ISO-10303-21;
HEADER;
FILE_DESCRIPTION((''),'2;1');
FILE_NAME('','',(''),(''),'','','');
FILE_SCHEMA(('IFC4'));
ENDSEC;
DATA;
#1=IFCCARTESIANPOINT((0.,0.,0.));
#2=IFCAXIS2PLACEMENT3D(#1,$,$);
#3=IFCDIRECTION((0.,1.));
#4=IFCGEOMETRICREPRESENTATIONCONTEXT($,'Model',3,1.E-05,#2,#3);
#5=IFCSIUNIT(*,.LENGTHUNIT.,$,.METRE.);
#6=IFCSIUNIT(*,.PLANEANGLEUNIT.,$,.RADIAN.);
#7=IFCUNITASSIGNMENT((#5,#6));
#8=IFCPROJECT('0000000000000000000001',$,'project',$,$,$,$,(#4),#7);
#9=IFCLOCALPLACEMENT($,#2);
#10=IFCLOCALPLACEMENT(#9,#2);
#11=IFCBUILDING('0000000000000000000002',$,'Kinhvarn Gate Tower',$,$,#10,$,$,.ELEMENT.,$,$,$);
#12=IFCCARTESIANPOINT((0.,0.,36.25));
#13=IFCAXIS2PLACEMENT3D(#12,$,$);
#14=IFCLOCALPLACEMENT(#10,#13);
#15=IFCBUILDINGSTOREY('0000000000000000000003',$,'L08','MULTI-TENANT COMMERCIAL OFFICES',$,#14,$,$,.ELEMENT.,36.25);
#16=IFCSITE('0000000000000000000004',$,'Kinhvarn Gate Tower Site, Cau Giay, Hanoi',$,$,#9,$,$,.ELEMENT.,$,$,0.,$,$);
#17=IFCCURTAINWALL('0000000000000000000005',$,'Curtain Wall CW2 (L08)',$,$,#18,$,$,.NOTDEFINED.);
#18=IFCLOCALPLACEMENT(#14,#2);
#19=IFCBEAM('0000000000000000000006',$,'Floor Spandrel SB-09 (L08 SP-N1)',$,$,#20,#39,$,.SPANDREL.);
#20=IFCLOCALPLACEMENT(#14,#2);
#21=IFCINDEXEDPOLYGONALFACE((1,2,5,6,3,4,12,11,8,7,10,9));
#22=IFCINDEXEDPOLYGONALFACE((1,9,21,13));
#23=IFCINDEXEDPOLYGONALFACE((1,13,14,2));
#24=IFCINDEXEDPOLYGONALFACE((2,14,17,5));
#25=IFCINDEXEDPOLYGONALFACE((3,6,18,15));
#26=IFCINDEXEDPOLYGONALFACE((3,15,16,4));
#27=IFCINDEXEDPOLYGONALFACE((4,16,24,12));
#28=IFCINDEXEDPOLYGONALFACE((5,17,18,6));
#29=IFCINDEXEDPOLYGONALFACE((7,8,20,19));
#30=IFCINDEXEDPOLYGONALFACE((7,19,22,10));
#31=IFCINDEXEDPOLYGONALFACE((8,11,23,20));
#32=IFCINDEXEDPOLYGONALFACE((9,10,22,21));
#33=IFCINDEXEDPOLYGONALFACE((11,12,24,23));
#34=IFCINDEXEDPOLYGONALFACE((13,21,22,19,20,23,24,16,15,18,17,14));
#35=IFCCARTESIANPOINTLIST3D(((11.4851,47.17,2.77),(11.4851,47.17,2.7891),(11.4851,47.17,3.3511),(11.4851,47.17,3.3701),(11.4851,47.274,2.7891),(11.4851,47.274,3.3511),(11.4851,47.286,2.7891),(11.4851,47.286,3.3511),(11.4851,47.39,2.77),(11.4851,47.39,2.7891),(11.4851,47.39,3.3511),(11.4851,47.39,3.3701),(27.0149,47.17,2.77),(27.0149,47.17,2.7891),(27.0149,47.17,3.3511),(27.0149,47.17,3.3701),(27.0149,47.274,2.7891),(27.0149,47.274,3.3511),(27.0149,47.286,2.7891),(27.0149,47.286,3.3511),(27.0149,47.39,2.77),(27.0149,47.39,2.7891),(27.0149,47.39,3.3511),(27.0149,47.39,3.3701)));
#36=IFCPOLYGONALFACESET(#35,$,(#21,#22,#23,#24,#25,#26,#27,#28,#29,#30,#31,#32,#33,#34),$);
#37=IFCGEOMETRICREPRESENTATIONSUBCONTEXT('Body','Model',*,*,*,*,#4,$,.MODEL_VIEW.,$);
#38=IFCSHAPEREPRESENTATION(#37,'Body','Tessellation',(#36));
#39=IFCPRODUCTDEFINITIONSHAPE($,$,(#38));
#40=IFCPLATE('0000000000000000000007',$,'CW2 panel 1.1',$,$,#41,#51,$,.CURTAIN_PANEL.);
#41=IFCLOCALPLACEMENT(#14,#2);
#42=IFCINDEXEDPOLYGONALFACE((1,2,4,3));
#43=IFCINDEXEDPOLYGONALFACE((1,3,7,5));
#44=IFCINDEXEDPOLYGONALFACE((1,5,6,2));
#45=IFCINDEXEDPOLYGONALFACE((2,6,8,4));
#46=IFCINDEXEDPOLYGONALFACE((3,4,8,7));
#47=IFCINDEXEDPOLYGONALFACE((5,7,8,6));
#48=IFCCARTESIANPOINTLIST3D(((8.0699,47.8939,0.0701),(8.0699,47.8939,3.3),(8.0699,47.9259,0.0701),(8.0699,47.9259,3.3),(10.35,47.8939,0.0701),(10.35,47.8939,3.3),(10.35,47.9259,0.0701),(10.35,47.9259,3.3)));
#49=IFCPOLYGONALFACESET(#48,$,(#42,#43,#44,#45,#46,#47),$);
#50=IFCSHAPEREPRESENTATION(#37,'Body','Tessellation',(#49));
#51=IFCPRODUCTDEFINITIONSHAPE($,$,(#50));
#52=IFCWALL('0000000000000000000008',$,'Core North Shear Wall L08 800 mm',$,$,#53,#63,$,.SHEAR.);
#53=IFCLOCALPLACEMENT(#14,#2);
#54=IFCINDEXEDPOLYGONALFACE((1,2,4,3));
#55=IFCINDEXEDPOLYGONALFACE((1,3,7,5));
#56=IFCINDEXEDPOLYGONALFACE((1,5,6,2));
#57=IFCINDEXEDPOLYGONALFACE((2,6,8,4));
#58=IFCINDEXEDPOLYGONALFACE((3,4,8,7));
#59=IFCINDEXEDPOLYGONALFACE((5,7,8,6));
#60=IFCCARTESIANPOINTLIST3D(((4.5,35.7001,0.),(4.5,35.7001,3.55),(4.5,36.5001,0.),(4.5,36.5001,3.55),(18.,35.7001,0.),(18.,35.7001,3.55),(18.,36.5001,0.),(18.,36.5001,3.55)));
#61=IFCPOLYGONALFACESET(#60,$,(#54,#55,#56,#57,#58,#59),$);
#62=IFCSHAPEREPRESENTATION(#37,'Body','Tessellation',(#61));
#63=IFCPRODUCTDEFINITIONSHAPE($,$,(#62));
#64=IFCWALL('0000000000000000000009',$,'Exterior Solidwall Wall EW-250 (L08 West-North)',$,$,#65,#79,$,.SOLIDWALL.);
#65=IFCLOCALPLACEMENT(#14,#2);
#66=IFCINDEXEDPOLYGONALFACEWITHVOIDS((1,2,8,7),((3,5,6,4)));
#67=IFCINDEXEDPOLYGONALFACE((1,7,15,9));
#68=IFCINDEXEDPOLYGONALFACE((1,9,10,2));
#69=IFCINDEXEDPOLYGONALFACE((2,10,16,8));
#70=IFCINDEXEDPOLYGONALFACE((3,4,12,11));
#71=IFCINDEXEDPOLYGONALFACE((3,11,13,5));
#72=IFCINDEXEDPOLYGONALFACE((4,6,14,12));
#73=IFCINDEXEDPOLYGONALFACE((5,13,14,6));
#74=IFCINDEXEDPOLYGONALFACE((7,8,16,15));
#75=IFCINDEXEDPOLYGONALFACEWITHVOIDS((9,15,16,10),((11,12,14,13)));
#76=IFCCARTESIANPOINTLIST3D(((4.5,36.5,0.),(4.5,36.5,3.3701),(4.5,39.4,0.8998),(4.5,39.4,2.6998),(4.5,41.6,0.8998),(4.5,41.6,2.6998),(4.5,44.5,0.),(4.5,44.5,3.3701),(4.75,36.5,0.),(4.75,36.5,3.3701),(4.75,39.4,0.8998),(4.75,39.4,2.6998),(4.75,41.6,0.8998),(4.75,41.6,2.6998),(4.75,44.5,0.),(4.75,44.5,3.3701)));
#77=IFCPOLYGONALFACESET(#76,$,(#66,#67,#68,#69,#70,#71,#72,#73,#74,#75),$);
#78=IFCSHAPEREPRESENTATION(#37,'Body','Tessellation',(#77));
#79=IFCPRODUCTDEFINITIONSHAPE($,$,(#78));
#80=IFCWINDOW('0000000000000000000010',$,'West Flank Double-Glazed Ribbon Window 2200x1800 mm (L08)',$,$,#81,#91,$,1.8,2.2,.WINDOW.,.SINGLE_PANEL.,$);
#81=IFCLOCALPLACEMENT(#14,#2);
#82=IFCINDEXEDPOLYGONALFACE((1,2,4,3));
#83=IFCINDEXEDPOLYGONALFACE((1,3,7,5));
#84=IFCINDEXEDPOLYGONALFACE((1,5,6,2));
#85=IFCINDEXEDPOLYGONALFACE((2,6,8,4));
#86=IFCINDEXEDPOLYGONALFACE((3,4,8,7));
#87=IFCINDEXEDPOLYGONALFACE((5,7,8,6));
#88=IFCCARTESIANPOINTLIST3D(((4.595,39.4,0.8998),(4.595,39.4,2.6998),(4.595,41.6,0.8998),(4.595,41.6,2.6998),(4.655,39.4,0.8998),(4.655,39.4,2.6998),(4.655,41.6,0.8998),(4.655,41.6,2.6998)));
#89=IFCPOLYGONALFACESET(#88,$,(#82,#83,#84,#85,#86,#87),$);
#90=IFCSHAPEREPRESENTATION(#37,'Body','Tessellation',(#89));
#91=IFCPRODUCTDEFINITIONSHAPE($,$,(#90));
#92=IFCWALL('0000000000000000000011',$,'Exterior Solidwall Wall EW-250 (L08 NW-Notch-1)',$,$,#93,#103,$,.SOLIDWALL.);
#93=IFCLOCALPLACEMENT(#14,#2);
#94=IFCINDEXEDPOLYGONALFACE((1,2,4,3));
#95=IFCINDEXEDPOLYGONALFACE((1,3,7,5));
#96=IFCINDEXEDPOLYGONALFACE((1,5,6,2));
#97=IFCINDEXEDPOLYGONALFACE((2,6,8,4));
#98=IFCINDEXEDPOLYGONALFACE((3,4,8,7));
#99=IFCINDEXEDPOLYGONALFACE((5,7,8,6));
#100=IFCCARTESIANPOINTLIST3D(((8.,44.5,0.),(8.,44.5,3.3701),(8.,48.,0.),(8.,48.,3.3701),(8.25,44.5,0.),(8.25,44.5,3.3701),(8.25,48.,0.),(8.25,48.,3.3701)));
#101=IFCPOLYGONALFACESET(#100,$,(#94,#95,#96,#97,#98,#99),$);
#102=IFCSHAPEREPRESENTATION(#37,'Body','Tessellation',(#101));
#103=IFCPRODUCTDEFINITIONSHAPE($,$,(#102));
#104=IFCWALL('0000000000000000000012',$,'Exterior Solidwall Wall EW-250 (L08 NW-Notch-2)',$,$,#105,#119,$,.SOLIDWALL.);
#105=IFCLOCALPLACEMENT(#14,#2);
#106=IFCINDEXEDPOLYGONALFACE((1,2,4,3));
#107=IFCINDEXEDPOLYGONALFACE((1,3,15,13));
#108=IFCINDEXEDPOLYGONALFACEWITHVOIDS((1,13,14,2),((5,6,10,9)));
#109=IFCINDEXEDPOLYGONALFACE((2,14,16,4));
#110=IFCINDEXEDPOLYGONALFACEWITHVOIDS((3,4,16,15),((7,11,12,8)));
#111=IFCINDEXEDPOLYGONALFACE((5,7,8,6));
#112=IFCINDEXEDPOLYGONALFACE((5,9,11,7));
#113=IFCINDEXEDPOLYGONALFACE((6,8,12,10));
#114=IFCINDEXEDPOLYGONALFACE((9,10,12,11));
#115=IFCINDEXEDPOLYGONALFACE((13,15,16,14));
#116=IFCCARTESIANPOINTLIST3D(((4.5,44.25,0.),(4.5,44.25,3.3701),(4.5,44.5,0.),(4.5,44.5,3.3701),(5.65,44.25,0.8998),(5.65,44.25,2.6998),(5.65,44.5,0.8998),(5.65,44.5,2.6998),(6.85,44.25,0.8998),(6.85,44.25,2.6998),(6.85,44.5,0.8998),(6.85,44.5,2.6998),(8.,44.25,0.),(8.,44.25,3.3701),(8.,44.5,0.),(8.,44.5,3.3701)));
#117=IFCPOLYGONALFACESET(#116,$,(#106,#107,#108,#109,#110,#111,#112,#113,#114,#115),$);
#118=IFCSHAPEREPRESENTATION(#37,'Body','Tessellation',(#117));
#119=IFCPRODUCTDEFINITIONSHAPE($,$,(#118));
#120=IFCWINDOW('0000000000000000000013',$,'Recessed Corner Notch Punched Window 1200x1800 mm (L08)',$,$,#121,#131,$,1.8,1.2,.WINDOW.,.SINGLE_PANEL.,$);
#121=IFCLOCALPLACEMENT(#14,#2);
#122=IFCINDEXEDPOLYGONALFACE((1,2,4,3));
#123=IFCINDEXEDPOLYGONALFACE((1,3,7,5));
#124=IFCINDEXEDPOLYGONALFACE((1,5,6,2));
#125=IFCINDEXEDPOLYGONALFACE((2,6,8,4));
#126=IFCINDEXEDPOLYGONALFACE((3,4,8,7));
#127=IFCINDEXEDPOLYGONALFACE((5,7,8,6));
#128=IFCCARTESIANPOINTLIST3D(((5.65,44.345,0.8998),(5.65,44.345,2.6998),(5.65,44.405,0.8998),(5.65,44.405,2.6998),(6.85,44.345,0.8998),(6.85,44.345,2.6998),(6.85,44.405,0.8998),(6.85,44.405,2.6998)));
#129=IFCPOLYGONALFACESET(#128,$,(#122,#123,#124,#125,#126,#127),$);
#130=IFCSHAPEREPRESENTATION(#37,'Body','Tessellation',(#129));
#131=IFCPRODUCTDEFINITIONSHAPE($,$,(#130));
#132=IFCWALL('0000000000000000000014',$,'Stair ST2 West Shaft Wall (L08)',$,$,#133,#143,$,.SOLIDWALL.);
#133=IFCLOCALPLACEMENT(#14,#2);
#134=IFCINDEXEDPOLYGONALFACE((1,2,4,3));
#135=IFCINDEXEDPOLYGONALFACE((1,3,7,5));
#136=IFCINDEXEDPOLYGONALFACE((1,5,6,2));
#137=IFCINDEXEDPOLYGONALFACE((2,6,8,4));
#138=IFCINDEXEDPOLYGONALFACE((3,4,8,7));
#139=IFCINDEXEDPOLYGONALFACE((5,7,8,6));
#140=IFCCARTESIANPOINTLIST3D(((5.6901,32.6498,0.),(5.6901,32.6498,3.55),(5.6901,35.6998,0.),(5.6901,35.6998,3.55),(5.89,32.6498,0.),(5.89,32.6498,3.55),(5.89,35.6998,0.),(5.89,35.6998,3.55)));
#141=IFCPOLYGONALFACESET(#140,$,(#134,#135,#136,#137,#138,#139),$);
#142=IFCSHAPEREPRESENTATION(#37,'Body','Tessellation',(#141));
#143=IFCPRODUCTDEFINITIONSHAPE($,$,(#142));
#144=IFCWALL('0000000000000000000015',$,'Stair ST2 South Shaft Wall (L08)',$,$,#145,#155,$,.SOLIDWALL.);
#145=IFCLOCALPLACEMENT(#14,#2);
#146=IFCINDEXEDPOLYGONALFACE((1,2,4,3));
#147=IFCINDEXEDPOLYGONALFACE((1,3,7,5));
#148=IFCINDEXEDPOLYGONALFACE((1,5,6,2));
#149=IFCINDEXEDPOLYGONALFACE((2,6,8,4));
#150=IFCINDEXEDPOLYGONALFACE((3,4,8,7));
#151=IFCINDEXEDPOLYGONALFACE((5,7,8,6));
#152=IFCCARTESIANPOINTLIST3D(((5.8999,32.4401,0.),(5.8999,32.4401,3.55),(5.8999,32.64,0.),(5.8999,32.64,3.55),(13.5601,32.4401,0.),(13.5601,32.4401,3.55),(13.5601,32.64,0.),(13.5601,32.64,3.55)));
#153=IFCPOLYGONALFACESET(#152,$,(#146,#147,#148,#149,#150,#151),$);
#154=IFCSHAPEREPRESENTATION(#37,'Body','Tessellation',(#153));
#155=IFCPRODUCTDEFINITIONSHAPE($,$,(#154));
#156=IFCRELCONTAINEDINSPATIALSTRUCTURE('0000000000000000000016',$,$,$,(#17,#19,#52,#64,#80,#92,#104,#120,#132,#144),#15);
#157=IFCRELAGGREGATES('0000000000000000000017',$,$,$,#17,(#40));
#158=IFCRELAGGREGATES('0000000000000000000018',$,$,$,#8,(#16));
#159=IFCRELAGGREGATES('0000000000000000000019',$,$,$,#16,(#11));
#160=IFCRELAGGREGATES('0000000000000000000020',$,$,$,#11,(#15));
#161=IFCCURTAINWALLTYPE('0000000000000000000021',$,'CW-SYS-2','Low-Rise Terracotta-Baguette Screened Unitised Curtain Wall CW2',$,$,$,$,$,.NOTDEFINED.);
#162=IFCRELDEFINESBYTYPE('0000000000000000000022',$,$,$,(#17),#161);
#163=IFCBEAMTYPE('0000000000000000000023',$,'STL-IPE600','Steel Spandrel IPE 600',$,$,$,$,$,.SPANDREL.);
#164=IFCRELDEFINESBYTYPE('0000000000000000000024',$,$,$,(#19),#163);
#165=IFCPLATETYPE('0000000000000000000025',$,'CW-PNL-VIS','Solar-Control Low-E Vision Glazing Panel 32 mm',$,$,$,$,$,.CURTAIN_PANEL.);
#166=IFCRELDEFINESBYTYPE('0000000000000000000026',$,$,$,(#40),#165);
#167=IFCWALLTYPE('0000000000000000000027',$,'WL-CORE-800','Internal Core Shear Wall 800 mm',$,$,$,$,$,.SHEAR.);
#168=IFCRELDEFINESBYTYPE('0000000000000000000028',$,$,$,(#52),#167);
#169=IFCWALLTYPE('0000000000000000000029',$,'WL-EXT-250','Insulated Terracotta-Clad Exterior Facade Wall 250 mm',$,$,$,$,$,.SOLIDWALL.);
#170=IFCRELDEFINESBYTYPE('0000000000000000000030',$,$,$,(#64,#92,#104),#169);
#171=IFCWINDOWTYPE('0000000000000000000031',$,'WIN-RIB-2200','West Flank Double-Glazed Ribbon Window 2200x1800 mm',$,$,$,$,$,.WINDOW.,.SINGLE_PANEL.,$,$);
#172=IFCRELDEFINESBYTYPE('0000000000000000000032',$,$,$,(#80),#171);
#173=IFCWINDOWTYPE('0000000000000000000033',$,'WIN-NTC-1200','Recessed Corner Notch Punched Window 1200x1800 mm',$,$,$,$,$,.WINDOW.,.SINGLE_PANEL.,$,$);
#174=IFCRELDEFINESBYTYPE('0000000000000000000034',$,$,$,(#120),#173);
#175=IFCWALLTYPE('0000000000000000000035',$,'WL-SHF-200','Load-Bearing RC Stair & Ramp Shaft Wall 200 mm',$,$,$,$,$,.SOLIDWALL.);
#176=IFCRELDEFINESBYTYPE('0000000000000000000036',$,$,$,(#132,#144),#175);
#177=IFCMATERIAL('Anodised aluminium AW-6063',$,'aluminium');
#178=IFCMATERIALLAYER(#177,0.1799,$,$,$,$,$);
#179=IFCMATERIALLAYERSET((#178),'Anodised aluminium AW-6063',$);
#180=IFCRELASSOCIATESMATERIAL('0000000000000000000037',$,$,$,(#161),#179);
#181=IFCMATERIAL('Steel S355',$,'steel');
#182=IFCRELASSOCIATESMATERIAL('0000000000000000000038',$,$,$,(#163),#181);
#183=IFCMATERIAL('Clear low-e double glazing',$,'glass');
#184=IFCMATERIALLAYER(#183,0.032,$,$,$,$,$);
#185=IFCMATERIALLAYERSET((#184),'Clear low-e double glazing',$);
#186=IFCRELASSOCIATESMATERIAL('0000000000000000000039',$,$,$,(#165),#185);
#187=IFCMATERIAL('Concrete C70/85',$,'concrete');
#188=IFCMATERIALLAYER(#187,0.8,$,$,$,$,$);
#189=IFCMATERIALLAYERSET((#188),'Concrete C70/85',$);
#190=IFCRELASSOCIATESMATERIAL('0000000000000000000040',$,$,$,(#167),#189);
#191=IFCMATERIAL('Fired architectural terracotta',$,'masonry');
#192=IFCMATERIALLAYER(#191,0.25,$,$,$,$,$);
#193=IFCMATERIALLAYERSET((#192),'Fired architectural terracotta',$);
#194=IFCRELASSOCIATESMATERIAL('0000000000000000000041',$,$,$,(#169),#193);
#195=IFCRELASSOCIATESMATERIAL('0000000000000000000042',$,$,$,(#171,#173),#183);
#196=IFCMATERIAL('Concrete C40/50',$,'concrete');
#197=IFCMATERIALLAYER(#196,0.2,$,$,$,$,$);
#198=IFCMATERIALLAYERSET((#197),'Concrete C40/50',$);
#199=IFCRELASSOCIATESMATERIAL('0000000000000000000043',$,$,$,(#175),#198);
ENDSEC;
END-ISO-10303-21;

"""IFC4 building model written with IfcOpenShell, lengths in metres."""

from ifc_helpers import new_model, si_unit, direction, frame, frame_2d, origin, origin_2d, place, context, subcontext, project, spatial, rectangle, i_section, extrude, material, layer, layer_set, material_profile, profile_set, type_object, element, fill, aggregate, save


model = new_model("IFC4")

# Units and contexts
model_context = context("Model", 3, precision=1e-05, world=origin(), true_north=direction((0.0, 1.0)))
body_context = subcontext(model_context, "Body", "Model", "MODEL_VIEW")
ifc_project = project(units=[si_unit("LENGTHUNIT", "METRE"), si_unit("PLANEANGLEUNIT", "RADIAN")], contexts=[model_context])

# Site, building, storey
site_placement = place(None, origin())
site = spatial("IfcSite", under=ifc_project, at=site_placement, Name="Kinhvarn Gate Tower Site, Cau Giay, Hanoi", CompositionType="ELEMENT", RefElevation=0.0)
building_placement = place(site_placement, origin())
building = spatial("IfcBuilding", under=site, at=building_placement, Name="Kinhvarn Gate Tower", CompositionType="ELEMENT")
storey_placement = place(building_placement, frame((0.0, 0.0, 36.25)))
storey = spatial("IfcBuildingStorey", under=building, at=storey_placement, Name="L08", Description="MULTI-TENANT COMMERCIAL OFFICES", CompositionType="ELEMENT", Elevation=36.25)

# Shared definitions
ifc_material_1 = material(Name="Concrete C70/85", Category="concrete")

# Curtain wall
ifc_material_2 = material(Name="Anodised aluminium AW-6063", Category="aluminium")
ifc_layer_1 = layer(ifc_material_2, 0.1799)
ifc_layer_set_1 = layer_set([ifc_layer_1], Name="Anodised aluminium AW-6063")
curtain_wall_type = type_object("IfcCurtainWallType", Name="CW-SYS-2", Description="Low-Rise Terracotta-Baguette Screened Unitised Curtain Wall CW2", PredefinedType="NOTDEFINED", material=ifc_layer_set_1)
curtain_wall_placement = place(storey_placement, origin())
curtain_wall = element("IfcCurtainWall", 1, at=curtain_wall_placement, inside=storey, type_object=curtain_wall_type, Name="Curtain Wall CW2 (L08)", PredefinedType="NOTDEFINED")

# Beam
ifc_material_3 = material(Name="Steel S355", Category="steel")
ifc_material_profile_1 = material_profile(ifc_material_3, i_section(OverallWidth=0.22, OverallDepth=0.6001, WebThickness=0.012, FlangeThickness=0.019, at=origin_2d()), Name="IPE 600")
ifc_profile_set_1 = profile_set([ifc_material_profile_1], Name="Steel S355")
beam_type_1 = type_object("IfcBeamType", Name="STL-IPE600", Description="Steel Spandrel IPE 600", PredefinedType="SPANDREL", material=ifc_profile_set_1)
beam_1_placement = place(storey_placement, frame((11.4851, 47.28, 3.0701), z_axis=(1.0, 0.0, 0.0), x_axis=(0.0, 1.0, 0.0)))
element("IfcBeam", 2, at=beam_1_placement, inside=storey, type_object=beam_type_1, Name="Floor Spandrel SB-09 (L08 SP-N1)", PredefinedType="SPANDREL", context=body_context, shape_type="SweptSolid", body=[
    extrude(i_section(OverallWidth=0.22, OverallDepth=0.6001, WebThickness=0.012, FlangeThickness=0.019, at=origin_2d()), origin(), (0.0, 0.0, 1.0), 15.5298),
])

# Plate
ifc_material_4 = material(Name="Clear low-e double glazing", Category="glass")
ifc_layer_2 = layer(ifc_material_4, 0.032)
ifc_layer_set_2 = layer_set([ifc_layer_2], Name="Clear low-e double glazing")
plate_type = type_object("IfcPlateType", Name="CW-PNL-VIS", Description="Solar-Control Low-E Vision Glazing Panel 32 mm", PredefinedType="CURTAIN_PANEL", material=ifc_layer_set_2)
plate_placement = place(storey_placement, frame((9.21, 47.9099, 0.0701), z_axis=(0.0, 0.0, 1.0), x_axis=(-1.0, 0.0, 0.0)))
plate = element("IfcPlate", 3, at=plate_placement, type_object=plate_type, Name="CW2 panel 1.1", PredefinedType="CURTAIN_PANEL", context=body_context, shape_type="SweptSolid", body=[
    extrude(rectangle(XDim=2.28, YDim=0.032, at=origin_2d()), origin(), (0.0, 0.0, 1.0), 3.23),
])
aggregate(curtain_wall, [plate])

# Wall
ifc_layer_3 = layer(ifc_material_1, 0.8)
ifc_layer_set_3 = layer_set([ifc_layer_3], Name="Concrete C70/85")
wall_type_1 = type_object("IfcWallType", Name="WL-CORE-800", Description="Internal Core Shear Wall 800 mm", PredefinedType="SHEAR", material=ifc_layer_set_3)
wall_1_placement = place(storey_placement, frame((4.5, 36.1001, 0.0), z_axis=(0.0, 0.0, 1.0), x_axis=(1.0, 0.0, 0.0)))
element("IfcWall", 4, at=wall_1_placement, inside=storey, type_object=wall_type_1, Name="Core North Shear Wall L08 800 mm", PredefinedType="SHEAR", context=body_context, shape_type="SweptSolid", body=[
    extrude(rectangle(XDim=13.5, YDim=0.8, at=frame_2d((6.75, 0.0))), origin(), (0.0, 0.0, 1.0), 3.55),
])

# Wall, opening, window
ifc_material_5 = material(Name="Fired architectural terracotta", Category="masonry")
ifc_layer_4 = layer(ifc_material_5, 0.25)
ifc_layer_set_4 = layer_set([ifc_layer_4], Name="Fired architectural terracotta")
wall_type_2 = type_object("IfcWallType", Name="WL-EXT-250", Description="Insulated Terracotta-Clad Exterior Facade Wall 250 mm", PredefinedType="SOLIDWALL", material=ifc_layer_set_4)
wall_2_placement = place(storey_placement, frame((4.625, 44.5, 0.0), z_axis=(0.0, 0.0, 1.0), x_axis=(0.0, -1.0, 0.0)))
wall_2 = element("IfcWall", 5, at=wall_2_placement, inside=storey, type_object=wall_type_2, Name="Exterior Solidwall Wall EW-250 (L08 West-North)", PredefinedType="SOLIDWALL", context=body_context, shape_type="SweptSolid", body=[
    extrude(rectangle(XDim=8.0, YDim=0.25, at=frame_2d((4.0, 0.0))), origin(), (0.0, 0.0, 1.0), 3.3701),
])
opening_1_placement = place(wall_2_placement, frame((2.8999, 0.0, 0.8999)))
opening_1 = element("IfcOpeningElement", 6, at=opening_1_placement, cuts=wall_2, PredefinedType="OPENING", context=body_context, shape_type="SweptSolid", body=[
    extrude(rectangle(XDim=2.2, YDim=1.8, at=frame_2d((1.1001, 0.8999))), frame((0.0, 0.135, 0.0), z_axis=(0.0, -1.0, 0.0), x_axis=(1.0, 0.0, 0.0)), (0.0, 0.0, 1.0), 0.27),
])
window_type_1 = type_object("IfcWindowType", Name="WIN-RIB-2200", Description="West Flank Double-Glazed Ribbon Window 2200x1800 mm", PartitioningType="SINGLE_PANEL", PredefinedType="WINDOW", material=ifc_material_4)
window_1_placement = place(opening_1_placement, origin())
window_1 = element("IfcWindow", 7, at=window_1_placement, inside=storey, type_object=window_type_1, Name="West Flank Double-Glazed Ribbon Window 2200x1800 mm (L08)", OverallHeight=1.8, OverallWidth=2.2, PartitioningType="SINGLE_PANEL", PredefinedType="WINDOW", context=body_context, shape_type="SweptSolid", body=[
    extrude(rectangle(XDim=2.2, YDim=1.8, at=frame_2d((1.1001, 0.8999))), frame((0.0, 0.03, 0.0), z_axis=(0.0, -1.0, 0.0), x_axis=(1.0, 0.0, 0.0)), (0.0, 0.0, 1.0), 0.0601),
])
fill(opening_1, window_1)

# Wall
wall_3_placement = place(storey_placement, frame((8.125, 48.0, 0.0), z_axis=(0.0, 0.0, 1.0), x_axis=(0.0, -1.0, 0.0)))
element("IfcWall", 8, at=wall_3_placement, inside=storey, type_object=wall_type_2, Name="Exterior Solidwall Wall EW-250 (L08 NW-Notch-1)", PredefinedType="SOLIDWALL", context=body_context, shape_type="SweptSolid", body=[
    extrude(rectangle(XDim=3.5, YDim=0.25, at=frame_2d((1.75, 0.0))), origin(), (0.0, 0.0, 1.0), 3.3701),
])

# Wall, opening, window
wall_4_placement = place(storey_placement, frame((8.0, 44.375, 0.0), z_axis=(0.0, 0.0, 1.0), x_axis=(-1.0, 0.0, 0.0)))
wall_4 = element("IfcWall", 9, at=wall_4_placement, inside=storey, type_object=wall_type_2, Name="Exterior Solidwall Wall EW-250 (L08 NW-Notch-2)", PredefinedType="SOLIDWALL", context=body_context, shape_type="SweptSolid", body=[
    extrude(rectangle(XDim=3.5, YDim=0.25, at=frame_2d((1.75, 0.0))), origin(), (0.0, 0.0, 1.0), 3.3701),
])
opening_2_placement = place(wall_4_placement, frame((1.1499, 0.0, 0.8999)))
opening_2 = element("IfcOpeningElement", 10, at=opening_2_placement, cuts=wall_4, PredefinedType="OPENING", context=body_context, shape_type="SweptSolid", body=[
    extrude(rectangle(XDim=1.2, YDim=1.8, at=frame_2d((0.6001, 0.8999))), frame((0.0, 0.135, 0.0), z_axis=(0.0, -1.0, 0.0), x_axis=(1.0, 0.0, 0.0)), (0.0, 0.0, 1.0), 0.27),
])
window_type_2 = type_object("IfcWindowType", Name="WIN-NTC-1200", Description="Recessed Corner Notch Punched Window 1200x1800 mm", PartitioningType="SINGLE_PANEL", PredefinedType="WINDOW", material=ifc_material_4)
window_2_placement = place(opening_2_placement, origin())
window_2 = element("IfcWindow", 11, at=window_2_placement, inside=storey, type_object=window_type_2, Name="Recessed Corner Notch Punched Window 1200x1800 mm (L08)", OverallHeight=1.8, OverallWidth=1.2, PartitioningType="SINGLE_PANEL", PredefinedType="WINDOW", context=body_context, shape_type="SweptSolid", body=[
    extrude(rectangle(XDim=1.2, YDim=1.8, at=frame_2d((0.6001, 0.8999))), frame((0.0, 0.03, 0.0), z_axis=(0.0, -1.0, 0.0), x_axis=(1.0, 0.0, 0.0)), (0.0, 0.0, 1.0), 0.0601),
])
fill(opening_2, window_2)

# Walls
ifc_material_6 = material(Name="Concrete C40/50", Category="concrete")
ifc_layer_5 = layer(ifc_material_6, 0.2)
ifc_layer_set_5 = layer_set([ifc_layer_5], Name="Concrete C40/50")
wall_type_3 = type_object("IfcWallType", Name="WL-SHF-200", Description="Load-Bearing RC Stair & Ramp Shaft Wall 200 mm", PredefinedType="SOLIDWALL", material=ifc_layer_set_5)
wall_5_placement = place(storey_placement, frame((5.79, 32.6499, 0.0), z_axis=(0.0, 0.0, 1.0), x_axis=(0.0, 1.0, 0.0)))
element("IfcWall", 12, at=wall_5_placement, inside=storey, type_object=wall_type_3, Name="Stair ST2 West Shaft Wall (L08)", PredefinedType="SOLIDWALL", context=body_context, shape_type="SweptSolid", body=[
    extrude(rectangle(XDim=3.05, YDim=0.2, at=frame_2d((1.5249, 0.0))), origin(), (0.0, 0.0, 1.0), 3.55),
])
wall_6_placement = place(storey_placement, frame((5.8999, 32.54, 0.0), z_axis=(0.0, 0.0, 1.0), x_axis=(1.0, 0.0, 0.0)))
element("IfcWall", 13, at=wall_6_placement, inside=storey, type_object=wall_type_3, Name="Stair ST2 South Shaft Wall (L08)", PredefinedType="SOLIDWALL", context=body_context, shape_type="SweptSolid", body=[
    extrude(rectangle(XDim=7.6602, YDim=0.2, at=frame_2d((3.8301, 0.0))), origin(), (0.0, 0.0, 1.0), 3.55),
])

save(model, "model.ifc")
